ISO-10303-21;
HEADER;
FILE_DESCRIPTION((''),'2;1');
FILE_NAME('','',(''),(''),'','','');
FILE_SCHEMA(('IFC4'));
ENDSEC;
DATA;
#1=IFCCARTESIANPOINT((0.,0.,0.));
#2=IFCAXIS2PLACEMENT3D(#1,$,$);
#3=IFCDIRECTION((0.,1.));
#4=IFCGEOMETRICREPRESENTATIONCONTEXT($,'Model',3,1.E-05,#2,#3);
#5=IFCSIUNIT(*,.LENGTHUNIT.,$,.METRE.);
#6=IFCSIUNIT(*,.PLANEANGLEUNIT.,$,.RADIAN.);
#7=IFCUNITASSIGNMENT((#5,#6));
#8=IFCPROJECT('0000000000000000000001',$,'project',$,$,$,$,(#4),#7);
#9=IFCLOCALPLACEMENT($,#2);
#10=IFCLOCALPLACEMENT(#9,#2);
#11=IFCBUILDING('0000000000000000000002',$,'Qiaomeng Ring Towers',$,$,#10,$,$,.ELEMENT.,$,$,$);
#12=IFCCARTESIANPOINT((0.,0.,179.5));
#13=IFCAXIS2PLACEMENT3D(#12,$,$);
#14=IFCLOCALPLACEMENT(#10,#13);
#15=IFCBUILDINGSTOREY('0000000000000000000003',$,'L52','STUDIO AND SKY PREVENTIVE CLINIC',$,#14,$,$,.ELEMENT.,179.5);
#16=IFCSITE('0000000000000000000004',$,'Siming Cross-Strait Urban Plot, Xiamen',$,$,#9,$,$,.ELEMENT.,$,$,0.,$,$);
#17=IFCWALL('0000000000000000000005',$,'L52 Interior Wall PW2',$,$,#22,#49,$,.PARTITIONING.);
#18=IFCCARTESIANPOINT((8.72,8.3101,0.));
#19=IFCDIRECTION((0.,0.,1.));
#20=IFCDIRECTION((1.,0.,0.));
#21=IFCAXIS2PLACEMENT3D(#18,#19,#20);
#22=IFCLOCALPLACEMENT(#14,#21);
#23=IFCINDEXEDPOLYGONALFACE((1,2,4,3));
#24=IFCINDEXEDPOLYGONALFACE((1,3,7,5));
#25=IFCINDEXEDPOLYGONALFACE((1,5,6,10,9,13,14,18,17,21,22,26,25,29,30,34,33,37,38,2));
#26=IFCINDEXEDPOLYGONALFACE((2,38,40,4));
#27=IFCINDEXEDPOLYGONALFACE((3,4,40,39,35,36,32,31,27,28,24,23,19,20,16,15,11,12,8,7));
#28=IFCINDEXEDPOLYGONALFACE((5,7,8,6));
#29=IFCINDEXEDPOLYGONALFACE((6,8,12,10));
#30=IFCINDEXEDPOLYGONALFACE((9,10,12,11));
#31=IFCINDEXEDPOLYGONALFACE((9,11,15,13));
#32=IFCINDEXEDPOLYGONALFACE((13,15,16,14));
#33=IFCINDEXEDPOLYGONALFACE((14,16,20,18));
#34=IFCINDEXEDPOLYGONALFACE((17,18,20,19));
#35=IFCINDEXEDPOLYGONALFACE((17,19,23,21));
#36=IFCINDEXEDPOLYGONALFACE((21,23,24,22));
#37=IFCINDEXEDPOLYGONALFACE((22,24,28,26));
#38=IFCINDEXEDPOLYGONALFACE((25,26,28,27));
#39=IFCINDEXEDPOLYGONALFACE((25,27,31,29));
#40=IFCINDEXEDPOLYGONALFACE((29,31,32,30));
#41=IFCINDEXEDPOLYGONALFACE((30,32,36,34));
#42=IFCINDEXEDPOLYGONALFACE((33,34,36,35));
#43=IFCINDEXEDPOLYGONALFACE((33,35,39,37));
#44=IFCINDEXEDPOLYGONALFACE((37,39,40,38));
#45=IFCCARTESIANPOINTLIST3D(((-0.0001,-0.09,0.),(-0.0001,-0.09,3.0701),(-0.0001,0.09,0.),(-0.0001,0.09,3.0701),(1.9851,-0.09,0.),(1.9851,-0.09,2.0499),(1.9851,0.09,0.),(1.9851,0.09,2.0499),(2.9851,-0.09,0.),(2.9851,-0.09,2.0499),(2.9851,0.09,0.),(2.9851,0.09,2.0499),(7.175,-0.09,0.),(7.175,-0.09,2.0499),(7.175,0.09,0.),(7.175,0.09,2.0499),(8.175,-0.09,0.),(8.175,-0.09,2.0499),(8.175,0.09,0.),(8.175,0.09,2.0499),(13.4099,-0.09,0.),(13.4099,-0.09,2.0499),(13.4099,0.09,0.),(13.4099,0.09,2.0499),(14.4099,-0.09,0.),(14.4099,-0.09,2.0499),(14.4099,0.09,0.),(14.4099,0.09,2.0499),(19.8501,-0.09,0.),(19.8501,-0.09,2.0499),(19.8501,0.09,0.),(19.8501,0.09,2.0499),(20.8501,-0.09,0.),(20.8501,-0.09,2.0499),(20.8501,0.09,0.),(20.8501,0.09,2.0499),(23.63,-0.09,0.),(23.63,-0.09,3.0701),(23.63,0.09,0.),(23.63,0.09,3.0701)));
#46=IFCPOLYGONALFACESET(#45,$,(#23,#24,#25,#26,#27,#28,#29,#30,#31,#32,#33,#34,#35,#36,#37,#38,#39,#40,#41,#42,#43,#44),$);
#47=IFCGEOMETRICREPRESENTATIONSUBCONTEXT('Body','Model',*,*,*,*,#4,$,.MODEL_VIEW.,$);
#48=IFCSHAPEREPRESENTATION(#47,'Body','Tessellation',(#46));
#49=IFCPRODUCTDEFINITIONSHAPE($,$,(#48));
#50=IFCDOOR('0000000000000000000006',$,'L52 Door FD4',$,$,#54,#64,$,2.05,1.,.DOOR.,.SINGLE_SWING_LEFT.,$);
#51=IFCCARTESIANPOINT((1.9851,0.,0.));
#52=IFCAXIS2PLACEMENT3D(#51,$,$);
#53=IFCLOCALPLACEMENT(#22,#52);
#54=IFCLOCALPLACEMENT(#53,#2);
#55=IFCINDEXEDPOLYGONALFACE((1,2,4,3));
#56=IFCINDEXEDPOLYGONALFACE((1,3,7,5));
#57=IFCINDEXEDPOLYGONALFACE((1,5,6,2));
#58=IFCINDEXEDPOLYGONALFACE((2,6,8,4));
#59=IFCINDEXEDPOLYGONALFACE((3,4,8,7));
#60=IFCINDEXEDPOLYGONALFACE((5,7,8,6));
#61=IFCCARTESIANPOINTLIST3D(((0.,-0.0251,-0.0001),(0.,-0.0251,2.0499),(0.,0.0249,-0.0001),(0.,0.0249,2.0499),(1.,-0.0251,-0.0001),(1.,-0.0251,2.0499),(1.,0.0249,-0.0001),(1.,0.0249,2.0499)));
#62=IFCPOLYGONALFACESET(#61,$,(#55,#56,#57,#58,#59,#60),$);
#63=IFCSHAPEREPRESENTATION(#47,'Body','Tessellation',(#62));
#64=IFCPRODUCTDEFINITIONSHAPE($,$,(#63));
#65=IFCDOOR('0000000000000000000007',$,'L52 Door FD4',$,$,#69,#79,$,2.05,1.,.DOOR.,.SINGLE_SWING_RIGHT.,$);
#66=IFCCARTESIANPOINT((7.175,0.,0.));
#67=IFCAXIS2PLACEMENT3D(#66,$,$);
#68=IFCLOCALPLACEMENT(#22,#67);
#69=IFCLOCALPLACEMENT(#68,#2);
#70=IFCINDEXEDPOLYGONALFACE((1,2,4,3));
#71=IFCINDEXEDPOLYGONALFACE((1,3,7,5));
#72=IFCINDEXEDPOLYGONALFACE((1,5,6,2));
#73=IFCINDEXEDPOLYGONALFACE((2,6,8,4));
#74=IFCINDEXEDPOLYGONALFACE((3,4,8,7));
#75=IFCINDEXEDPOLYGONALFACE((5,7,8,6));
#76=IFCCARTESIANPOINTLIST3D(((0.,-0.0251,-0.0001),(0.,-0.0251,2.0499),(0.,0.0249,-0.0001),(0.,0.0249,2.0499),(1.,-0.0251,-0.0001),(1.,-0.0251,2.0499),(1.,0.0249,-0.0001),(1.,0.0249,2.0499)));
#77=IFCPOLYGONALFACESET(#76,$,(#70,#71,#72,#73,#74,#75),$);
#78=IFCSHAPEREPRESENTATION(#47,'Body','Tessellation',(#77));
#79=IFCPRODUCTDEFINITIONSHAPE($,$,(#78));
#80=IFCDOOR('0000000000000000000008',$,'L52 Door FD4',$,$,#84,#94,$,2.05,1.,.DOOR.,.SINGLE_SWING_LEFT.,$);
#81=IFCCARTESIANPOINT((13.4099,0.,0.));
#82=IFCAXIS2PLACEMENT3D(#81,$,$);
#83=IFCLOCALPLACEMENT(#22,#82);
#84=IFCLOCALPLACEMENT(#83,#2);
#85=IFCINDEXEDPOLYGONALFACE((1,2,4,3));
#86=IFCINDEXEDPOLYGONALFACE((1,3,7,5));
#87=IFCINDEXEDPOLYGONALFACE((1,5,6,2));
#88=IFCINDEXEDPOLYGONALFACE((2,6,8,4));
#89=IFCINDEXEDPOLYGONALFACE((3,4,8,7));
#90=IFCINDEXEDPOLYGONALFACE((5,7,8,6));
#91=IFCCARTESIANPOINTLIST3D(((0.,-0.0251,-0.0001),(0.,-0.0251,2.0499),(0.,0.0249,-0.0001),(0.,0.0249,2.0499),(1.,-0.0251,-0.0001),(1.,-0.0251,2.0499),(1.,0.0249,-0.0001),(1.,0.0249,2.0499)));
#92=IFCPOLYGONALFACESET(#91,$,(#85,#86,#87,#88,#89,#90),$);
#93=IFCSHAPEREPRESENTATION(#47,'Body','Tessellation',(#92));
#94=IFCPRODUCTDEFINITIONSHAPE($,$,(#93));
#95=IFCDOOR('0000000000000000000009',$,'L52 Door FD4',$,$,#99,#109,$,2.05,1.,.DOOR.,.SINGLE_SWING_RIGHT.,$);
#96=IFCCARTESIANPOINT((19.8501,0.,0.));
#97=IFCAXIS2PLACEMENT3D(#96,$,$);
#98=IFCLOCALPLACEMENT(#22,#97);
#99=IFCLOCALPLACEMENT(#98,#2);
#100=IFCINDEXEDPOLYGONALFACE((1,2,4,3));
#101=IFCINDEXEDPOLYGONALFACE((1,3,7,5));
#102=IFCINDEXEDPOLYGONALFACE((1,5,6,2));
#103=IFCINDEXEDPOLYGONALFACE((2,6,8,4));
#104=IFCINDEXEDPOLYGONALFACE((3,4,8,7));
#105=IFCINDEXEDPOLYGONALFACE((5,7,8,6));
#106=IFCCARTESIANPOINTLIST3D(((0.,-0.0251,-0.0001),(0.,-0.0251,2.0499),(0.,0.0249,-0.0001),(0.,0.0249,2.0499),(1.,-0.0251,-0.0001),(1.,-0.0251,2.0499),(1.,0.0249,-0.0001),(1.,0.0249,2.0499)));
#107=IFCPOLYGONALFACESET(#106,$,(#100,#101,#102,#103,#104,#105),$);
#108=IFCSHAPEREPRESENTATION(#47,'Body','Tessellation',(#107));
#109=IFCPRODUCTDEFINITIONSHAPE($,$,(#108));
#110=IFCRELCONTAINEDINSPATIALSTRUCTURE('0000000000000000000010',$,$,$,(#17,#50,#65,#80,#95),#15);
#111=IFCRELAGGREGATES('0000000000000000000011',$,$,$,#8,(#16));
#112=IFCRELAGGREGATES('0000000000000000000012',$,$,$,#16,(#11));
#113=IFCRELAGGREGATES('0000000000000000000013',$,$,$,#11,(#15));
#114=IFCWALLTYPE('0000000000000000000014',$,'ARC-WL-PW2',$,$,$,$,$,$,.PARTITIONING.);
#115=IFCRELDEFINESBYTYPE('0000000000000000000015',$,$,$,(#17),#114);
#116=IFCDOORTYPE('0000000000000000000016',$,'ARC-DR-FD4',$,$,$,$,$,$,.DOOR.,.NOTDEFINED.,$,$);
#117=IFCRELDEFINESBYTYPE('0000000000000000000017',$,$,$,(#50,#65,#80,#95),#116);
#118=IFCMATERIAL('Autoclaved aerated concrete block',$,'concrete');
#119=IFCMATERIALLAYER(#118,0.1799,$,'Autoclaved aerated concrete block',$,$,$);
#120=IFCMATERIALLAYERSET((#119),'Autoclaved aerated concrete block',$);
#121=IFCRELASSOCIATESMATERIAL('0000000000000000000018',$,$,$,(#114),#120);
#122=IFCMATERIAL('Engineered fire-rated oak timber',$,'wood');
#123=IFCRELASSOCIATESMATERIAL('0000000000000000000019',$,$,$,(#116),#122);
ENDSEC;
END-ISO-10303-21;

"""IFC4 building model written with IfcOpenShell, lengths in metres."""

from ifc_helpers import new_model, si_unit, direction, frame, frame_2d, origin, place, context, subcontext, project, spatial, rectangle, extrude, source, transform, mapped, material, layer, layer_set, type_object, element, fill, save


model = new_model("IFC4")

# Units and contexts
model_context = context("Model", 3, precision=1e-05, world=origin(), true_north=direction((0.0, 1.0)))
body_context = subcontext(model_context, "Body", "Model", "MODEL_VIEW")
ifc_project = project(units=[si_unit("LENGTHUNIT", "METRE"), si_unit("PLANEANGLEUNIT", "RADIAN")], contexts=[model_context])

# Site, building, storey
site_placement = place(None, origin())
site = spatial("IfcSite", under=ifc_project, at=site_placement, Name="Siming Cross-Strait Urban Plot, Xiamen", CompositionType="ELEMENT", RefElevation=0.0)
building_placement = place(site_placement, origin())
building = spatial("IfcBuilding", under=site, at=building_placement, Name="Qiaomeng Ring Towers", CompositionType="ELEMENT")
storey_placement = place(building_placement, frame((0.0, 0.0, 179.5)))
storey = spatial("IfcBuildingStorey", under=building, at=storey_placement, Name="L52", Description="STUDIO AND SKY PREVENTIVE CLINIC", CompositionType="ELEMENT", Elevation=179.5)

# Wall, openings, doors
ifc_material_1 = material(Name="Autoclaved aerated concrete block", Category="concrete")
ifc_layer_1 = layer(ifc_material_1, 0.1799, Name="Autoclaved aerated concrete block")
ifc_layer_set_1 = layer_set([ifc_layer_1], Name="Autoclaved aerated concrete block")
wall_type_1 = type_object("IfcWallType", Name="ARC-WL-PW2", PredefinedType="PARTITIONING", material=ifc_layer_set_1)
wall_1_placement = place(storey_placement, frame((8.72, 8.3101, 0.0), z_axis=(0.0, 0.0, 1.0), x_axis=(1.0, 0.0, 0.0)))
wall_1 = element("IfcWall", 1, at=wall_1_placement, inside=storey, type_object=wall_type_1, Name="L52 Interior Wall PW2", PredefinedType="PARTITIONING", context=body_context, shape_type="SweptSolid", body=[
    extrude(rectangle(XDim=23.6301, YDim=0.1799, at=frame_2d((11.8149, 0.0))), origin(), (0.0, 0.0, 1.0), 3.0701),
])
opening_1_placement = place(wall_1_placement, frame((1.9851, 0.0, 0.0)))
opening_1 = element("IfcOpeningElement", 2, at=opening_1_placement, cuts=wall_1, PredefinedType="OPENING", context=body_context, shape_type="SweptSolid", body=[
    extrude(rectangle(XDim=1.0, YDim=2.05, at=frame_2d((0.5, 1.0249))), frame((0.0, 0.0999, 0.0), z_axis=(0.0, -1.0, 0.0), x_axis=(1.0, 0.0, 0.0)), (0.0, 0.0, 1.0), 0.2),
])
opening_2_placement = place(wall_1_placement, frame((7.175, 0.0, 0.0)))
opening_2 = element("IfcOpeningElement", 3, at=opening_2_placement, cuts=wall_1, PredefinedType="OPENING", context=body_context, shape_type="SweptSolid", body=[
    extrude(rectangle(XDim=1.0, YDim=2.05, at=frame_2d((0.5, 1.0249))), frame((0.0, 0.0999, 0.0), z_axis=(0.0, -1.0, 0.0), x_axis=(1.0, 0.0, 0.0)), (0.0, 0.0, 1.0), 0.2),
])
opening_3_placement = place(wall_1_placement, frame((13.4099, 0.0, 0.0)))
opening_3 = element("IfcOpeningElement", 4, at=opening_3_placement, cuts=wall_1, PredefinedType="OPENING", context=body_context, shape_type="SweptSolid", body=[
    extrude(rectangle(XDim=1.0, YDim=2.05, at=frame_2d((0.5, 1.0249))), frame((0.0, 0.0999, 0.0), z_axis=(0.0, -1.0, 0.0), x_axis=(1.0, 0.0, 0.0)), (0.0, 0.0, 1.0), 0.2),
])
opening_4_placement = place(wall_1_placement, frame((19.8501, 0.0, 0.0)))
opening_4 = element("IfcOpeningElement", 5, at=opening_4_placement, cuts=wall_1, PredefinedType="OPENING", context=body_context, shape_type="SweptSolid", body=[
    extrude(rectangle(XDim=1.0, YDim=2.05, at=frame_2d((0.5, 1.0249))), frame((0.0, 0.0999, 0.0), z_axis=(0.0, -1.0, 0.0), x_axis=(1.0, 0.0, 0.0)), (0.0, 0.0, 1.0), 0.2),
])
ifc_material_2 = material(Name="Engineered fire-rated oak timber", Category="wood")
door_type_1 = type_object("IfcDoorType", Name="ARC-DR-FD4", OperationType="NOTDEFINED", PredefinedType="DOOR", material=ifc_material_2)
shared_shape_1 = source(origin(), body_context, "Body", "SweptSolid", [
    extrude(rectangle(XDim=1.0, YDim=2.05, at=frame_2d((0.5, 1.0249))), frame((0.0, 0.0249, 0.0), z_axis=(0.0, -1.0, 0.0), x_axis=(1.0, 0.0, 0.0)), (0.0, 0.0, 1.0), 0.05),
])
door_1_placement = place(opening_1_placement, origin())
door_1 = element("IfcDoor", 6, at=door_1_placement, inside=storey, type_object=door_type_1, Name="L52 Door FD4", OperationType="SINGLE_SWING_LEFT", OverallHeight=2.05, OverallWidth=1.0, PredefinedType="DOOR", context=body_context, shape_type="MappedRepresentation", body=[
    mapped(shared_shape_1, transform((0.0, 0.0, 0.0), x_axis=(1.0, 0.0, 0.0), y_axis=(0.0, 1.0, 0.0), z_axis=(0.0, 0.0, 1.0), scale=1.0)),
])
fill(opening_1, door_1)
door_2_placement = place(opening_2_placement, origin())
door_2 = element("IfcDoor", 7, at=door_2_placement, inside=storey, type_object=door_type_1, Name="L52 Door FD4", OperationType="SINGLE_SWING_RIGHT", OverallHeight=2.05, OverallWidth=1.0, PredefinedType="DOOR", context=body_context, shape_type="MappedRepresentation", body=[
    mapped(shared_shape_1, transform((0.0, 0.0, 0.0), x_axis=(1.0, 0.0, 0.0), y_axis=(0.0, 1.0, 0.0), z_axis=(0.0, 0.0, 1.0), scale=1.0)),
])
fill(opening_2, door_2)
door_3_placement = place(opening_3_placement, origin())
door_3 = element("IfcDoor", 8, at=door_3_placement, inside=storey, type_object=door_type_1, Name="L52 Door FD4", OperationType="SINGLE_SWING_LEFT", OverallHeight=2.05, OverallWidth=1.0, PredefinedType="DOOR", context=body_context, shape_type="MappedRepresentation", body=[
    mapped(shared_shape_1, transform((0.0, 0.0, 0.0), x_axis=(1.0, 0.0, 0.0), y_axis=(0.0, 1.0, 0.0), z_axis=(0.0, 0.0, 1.0), scale=1.0)),
])
fill(opening_3, door_3)
door_4_placement = place(opening_4_placement, origin())
door_4 = element("IfcDoor", 9, at=door_4_placement, inside=storey, type_object=door_type_1, Name="L52 Door FD4", OperationType="SINGLE_SWING_RIGHT", OverallHeight=2.05, OverallWidth=1.0, PredefinedType="DOOR", context=body_context, shape_type="MappedRepresentation", body=[
    mapped(shared_shape_1, transform((0.0, 0.0, 0.0), x_axis=(1.0, 0.0, 0.0), y_axis=(0.0, 1.0, 0.0), z_axis=(0.0, 0.0, 1.0), scale=1.0)),
])
fill(opening_4, door_4)

save(model, "model.ifc")
